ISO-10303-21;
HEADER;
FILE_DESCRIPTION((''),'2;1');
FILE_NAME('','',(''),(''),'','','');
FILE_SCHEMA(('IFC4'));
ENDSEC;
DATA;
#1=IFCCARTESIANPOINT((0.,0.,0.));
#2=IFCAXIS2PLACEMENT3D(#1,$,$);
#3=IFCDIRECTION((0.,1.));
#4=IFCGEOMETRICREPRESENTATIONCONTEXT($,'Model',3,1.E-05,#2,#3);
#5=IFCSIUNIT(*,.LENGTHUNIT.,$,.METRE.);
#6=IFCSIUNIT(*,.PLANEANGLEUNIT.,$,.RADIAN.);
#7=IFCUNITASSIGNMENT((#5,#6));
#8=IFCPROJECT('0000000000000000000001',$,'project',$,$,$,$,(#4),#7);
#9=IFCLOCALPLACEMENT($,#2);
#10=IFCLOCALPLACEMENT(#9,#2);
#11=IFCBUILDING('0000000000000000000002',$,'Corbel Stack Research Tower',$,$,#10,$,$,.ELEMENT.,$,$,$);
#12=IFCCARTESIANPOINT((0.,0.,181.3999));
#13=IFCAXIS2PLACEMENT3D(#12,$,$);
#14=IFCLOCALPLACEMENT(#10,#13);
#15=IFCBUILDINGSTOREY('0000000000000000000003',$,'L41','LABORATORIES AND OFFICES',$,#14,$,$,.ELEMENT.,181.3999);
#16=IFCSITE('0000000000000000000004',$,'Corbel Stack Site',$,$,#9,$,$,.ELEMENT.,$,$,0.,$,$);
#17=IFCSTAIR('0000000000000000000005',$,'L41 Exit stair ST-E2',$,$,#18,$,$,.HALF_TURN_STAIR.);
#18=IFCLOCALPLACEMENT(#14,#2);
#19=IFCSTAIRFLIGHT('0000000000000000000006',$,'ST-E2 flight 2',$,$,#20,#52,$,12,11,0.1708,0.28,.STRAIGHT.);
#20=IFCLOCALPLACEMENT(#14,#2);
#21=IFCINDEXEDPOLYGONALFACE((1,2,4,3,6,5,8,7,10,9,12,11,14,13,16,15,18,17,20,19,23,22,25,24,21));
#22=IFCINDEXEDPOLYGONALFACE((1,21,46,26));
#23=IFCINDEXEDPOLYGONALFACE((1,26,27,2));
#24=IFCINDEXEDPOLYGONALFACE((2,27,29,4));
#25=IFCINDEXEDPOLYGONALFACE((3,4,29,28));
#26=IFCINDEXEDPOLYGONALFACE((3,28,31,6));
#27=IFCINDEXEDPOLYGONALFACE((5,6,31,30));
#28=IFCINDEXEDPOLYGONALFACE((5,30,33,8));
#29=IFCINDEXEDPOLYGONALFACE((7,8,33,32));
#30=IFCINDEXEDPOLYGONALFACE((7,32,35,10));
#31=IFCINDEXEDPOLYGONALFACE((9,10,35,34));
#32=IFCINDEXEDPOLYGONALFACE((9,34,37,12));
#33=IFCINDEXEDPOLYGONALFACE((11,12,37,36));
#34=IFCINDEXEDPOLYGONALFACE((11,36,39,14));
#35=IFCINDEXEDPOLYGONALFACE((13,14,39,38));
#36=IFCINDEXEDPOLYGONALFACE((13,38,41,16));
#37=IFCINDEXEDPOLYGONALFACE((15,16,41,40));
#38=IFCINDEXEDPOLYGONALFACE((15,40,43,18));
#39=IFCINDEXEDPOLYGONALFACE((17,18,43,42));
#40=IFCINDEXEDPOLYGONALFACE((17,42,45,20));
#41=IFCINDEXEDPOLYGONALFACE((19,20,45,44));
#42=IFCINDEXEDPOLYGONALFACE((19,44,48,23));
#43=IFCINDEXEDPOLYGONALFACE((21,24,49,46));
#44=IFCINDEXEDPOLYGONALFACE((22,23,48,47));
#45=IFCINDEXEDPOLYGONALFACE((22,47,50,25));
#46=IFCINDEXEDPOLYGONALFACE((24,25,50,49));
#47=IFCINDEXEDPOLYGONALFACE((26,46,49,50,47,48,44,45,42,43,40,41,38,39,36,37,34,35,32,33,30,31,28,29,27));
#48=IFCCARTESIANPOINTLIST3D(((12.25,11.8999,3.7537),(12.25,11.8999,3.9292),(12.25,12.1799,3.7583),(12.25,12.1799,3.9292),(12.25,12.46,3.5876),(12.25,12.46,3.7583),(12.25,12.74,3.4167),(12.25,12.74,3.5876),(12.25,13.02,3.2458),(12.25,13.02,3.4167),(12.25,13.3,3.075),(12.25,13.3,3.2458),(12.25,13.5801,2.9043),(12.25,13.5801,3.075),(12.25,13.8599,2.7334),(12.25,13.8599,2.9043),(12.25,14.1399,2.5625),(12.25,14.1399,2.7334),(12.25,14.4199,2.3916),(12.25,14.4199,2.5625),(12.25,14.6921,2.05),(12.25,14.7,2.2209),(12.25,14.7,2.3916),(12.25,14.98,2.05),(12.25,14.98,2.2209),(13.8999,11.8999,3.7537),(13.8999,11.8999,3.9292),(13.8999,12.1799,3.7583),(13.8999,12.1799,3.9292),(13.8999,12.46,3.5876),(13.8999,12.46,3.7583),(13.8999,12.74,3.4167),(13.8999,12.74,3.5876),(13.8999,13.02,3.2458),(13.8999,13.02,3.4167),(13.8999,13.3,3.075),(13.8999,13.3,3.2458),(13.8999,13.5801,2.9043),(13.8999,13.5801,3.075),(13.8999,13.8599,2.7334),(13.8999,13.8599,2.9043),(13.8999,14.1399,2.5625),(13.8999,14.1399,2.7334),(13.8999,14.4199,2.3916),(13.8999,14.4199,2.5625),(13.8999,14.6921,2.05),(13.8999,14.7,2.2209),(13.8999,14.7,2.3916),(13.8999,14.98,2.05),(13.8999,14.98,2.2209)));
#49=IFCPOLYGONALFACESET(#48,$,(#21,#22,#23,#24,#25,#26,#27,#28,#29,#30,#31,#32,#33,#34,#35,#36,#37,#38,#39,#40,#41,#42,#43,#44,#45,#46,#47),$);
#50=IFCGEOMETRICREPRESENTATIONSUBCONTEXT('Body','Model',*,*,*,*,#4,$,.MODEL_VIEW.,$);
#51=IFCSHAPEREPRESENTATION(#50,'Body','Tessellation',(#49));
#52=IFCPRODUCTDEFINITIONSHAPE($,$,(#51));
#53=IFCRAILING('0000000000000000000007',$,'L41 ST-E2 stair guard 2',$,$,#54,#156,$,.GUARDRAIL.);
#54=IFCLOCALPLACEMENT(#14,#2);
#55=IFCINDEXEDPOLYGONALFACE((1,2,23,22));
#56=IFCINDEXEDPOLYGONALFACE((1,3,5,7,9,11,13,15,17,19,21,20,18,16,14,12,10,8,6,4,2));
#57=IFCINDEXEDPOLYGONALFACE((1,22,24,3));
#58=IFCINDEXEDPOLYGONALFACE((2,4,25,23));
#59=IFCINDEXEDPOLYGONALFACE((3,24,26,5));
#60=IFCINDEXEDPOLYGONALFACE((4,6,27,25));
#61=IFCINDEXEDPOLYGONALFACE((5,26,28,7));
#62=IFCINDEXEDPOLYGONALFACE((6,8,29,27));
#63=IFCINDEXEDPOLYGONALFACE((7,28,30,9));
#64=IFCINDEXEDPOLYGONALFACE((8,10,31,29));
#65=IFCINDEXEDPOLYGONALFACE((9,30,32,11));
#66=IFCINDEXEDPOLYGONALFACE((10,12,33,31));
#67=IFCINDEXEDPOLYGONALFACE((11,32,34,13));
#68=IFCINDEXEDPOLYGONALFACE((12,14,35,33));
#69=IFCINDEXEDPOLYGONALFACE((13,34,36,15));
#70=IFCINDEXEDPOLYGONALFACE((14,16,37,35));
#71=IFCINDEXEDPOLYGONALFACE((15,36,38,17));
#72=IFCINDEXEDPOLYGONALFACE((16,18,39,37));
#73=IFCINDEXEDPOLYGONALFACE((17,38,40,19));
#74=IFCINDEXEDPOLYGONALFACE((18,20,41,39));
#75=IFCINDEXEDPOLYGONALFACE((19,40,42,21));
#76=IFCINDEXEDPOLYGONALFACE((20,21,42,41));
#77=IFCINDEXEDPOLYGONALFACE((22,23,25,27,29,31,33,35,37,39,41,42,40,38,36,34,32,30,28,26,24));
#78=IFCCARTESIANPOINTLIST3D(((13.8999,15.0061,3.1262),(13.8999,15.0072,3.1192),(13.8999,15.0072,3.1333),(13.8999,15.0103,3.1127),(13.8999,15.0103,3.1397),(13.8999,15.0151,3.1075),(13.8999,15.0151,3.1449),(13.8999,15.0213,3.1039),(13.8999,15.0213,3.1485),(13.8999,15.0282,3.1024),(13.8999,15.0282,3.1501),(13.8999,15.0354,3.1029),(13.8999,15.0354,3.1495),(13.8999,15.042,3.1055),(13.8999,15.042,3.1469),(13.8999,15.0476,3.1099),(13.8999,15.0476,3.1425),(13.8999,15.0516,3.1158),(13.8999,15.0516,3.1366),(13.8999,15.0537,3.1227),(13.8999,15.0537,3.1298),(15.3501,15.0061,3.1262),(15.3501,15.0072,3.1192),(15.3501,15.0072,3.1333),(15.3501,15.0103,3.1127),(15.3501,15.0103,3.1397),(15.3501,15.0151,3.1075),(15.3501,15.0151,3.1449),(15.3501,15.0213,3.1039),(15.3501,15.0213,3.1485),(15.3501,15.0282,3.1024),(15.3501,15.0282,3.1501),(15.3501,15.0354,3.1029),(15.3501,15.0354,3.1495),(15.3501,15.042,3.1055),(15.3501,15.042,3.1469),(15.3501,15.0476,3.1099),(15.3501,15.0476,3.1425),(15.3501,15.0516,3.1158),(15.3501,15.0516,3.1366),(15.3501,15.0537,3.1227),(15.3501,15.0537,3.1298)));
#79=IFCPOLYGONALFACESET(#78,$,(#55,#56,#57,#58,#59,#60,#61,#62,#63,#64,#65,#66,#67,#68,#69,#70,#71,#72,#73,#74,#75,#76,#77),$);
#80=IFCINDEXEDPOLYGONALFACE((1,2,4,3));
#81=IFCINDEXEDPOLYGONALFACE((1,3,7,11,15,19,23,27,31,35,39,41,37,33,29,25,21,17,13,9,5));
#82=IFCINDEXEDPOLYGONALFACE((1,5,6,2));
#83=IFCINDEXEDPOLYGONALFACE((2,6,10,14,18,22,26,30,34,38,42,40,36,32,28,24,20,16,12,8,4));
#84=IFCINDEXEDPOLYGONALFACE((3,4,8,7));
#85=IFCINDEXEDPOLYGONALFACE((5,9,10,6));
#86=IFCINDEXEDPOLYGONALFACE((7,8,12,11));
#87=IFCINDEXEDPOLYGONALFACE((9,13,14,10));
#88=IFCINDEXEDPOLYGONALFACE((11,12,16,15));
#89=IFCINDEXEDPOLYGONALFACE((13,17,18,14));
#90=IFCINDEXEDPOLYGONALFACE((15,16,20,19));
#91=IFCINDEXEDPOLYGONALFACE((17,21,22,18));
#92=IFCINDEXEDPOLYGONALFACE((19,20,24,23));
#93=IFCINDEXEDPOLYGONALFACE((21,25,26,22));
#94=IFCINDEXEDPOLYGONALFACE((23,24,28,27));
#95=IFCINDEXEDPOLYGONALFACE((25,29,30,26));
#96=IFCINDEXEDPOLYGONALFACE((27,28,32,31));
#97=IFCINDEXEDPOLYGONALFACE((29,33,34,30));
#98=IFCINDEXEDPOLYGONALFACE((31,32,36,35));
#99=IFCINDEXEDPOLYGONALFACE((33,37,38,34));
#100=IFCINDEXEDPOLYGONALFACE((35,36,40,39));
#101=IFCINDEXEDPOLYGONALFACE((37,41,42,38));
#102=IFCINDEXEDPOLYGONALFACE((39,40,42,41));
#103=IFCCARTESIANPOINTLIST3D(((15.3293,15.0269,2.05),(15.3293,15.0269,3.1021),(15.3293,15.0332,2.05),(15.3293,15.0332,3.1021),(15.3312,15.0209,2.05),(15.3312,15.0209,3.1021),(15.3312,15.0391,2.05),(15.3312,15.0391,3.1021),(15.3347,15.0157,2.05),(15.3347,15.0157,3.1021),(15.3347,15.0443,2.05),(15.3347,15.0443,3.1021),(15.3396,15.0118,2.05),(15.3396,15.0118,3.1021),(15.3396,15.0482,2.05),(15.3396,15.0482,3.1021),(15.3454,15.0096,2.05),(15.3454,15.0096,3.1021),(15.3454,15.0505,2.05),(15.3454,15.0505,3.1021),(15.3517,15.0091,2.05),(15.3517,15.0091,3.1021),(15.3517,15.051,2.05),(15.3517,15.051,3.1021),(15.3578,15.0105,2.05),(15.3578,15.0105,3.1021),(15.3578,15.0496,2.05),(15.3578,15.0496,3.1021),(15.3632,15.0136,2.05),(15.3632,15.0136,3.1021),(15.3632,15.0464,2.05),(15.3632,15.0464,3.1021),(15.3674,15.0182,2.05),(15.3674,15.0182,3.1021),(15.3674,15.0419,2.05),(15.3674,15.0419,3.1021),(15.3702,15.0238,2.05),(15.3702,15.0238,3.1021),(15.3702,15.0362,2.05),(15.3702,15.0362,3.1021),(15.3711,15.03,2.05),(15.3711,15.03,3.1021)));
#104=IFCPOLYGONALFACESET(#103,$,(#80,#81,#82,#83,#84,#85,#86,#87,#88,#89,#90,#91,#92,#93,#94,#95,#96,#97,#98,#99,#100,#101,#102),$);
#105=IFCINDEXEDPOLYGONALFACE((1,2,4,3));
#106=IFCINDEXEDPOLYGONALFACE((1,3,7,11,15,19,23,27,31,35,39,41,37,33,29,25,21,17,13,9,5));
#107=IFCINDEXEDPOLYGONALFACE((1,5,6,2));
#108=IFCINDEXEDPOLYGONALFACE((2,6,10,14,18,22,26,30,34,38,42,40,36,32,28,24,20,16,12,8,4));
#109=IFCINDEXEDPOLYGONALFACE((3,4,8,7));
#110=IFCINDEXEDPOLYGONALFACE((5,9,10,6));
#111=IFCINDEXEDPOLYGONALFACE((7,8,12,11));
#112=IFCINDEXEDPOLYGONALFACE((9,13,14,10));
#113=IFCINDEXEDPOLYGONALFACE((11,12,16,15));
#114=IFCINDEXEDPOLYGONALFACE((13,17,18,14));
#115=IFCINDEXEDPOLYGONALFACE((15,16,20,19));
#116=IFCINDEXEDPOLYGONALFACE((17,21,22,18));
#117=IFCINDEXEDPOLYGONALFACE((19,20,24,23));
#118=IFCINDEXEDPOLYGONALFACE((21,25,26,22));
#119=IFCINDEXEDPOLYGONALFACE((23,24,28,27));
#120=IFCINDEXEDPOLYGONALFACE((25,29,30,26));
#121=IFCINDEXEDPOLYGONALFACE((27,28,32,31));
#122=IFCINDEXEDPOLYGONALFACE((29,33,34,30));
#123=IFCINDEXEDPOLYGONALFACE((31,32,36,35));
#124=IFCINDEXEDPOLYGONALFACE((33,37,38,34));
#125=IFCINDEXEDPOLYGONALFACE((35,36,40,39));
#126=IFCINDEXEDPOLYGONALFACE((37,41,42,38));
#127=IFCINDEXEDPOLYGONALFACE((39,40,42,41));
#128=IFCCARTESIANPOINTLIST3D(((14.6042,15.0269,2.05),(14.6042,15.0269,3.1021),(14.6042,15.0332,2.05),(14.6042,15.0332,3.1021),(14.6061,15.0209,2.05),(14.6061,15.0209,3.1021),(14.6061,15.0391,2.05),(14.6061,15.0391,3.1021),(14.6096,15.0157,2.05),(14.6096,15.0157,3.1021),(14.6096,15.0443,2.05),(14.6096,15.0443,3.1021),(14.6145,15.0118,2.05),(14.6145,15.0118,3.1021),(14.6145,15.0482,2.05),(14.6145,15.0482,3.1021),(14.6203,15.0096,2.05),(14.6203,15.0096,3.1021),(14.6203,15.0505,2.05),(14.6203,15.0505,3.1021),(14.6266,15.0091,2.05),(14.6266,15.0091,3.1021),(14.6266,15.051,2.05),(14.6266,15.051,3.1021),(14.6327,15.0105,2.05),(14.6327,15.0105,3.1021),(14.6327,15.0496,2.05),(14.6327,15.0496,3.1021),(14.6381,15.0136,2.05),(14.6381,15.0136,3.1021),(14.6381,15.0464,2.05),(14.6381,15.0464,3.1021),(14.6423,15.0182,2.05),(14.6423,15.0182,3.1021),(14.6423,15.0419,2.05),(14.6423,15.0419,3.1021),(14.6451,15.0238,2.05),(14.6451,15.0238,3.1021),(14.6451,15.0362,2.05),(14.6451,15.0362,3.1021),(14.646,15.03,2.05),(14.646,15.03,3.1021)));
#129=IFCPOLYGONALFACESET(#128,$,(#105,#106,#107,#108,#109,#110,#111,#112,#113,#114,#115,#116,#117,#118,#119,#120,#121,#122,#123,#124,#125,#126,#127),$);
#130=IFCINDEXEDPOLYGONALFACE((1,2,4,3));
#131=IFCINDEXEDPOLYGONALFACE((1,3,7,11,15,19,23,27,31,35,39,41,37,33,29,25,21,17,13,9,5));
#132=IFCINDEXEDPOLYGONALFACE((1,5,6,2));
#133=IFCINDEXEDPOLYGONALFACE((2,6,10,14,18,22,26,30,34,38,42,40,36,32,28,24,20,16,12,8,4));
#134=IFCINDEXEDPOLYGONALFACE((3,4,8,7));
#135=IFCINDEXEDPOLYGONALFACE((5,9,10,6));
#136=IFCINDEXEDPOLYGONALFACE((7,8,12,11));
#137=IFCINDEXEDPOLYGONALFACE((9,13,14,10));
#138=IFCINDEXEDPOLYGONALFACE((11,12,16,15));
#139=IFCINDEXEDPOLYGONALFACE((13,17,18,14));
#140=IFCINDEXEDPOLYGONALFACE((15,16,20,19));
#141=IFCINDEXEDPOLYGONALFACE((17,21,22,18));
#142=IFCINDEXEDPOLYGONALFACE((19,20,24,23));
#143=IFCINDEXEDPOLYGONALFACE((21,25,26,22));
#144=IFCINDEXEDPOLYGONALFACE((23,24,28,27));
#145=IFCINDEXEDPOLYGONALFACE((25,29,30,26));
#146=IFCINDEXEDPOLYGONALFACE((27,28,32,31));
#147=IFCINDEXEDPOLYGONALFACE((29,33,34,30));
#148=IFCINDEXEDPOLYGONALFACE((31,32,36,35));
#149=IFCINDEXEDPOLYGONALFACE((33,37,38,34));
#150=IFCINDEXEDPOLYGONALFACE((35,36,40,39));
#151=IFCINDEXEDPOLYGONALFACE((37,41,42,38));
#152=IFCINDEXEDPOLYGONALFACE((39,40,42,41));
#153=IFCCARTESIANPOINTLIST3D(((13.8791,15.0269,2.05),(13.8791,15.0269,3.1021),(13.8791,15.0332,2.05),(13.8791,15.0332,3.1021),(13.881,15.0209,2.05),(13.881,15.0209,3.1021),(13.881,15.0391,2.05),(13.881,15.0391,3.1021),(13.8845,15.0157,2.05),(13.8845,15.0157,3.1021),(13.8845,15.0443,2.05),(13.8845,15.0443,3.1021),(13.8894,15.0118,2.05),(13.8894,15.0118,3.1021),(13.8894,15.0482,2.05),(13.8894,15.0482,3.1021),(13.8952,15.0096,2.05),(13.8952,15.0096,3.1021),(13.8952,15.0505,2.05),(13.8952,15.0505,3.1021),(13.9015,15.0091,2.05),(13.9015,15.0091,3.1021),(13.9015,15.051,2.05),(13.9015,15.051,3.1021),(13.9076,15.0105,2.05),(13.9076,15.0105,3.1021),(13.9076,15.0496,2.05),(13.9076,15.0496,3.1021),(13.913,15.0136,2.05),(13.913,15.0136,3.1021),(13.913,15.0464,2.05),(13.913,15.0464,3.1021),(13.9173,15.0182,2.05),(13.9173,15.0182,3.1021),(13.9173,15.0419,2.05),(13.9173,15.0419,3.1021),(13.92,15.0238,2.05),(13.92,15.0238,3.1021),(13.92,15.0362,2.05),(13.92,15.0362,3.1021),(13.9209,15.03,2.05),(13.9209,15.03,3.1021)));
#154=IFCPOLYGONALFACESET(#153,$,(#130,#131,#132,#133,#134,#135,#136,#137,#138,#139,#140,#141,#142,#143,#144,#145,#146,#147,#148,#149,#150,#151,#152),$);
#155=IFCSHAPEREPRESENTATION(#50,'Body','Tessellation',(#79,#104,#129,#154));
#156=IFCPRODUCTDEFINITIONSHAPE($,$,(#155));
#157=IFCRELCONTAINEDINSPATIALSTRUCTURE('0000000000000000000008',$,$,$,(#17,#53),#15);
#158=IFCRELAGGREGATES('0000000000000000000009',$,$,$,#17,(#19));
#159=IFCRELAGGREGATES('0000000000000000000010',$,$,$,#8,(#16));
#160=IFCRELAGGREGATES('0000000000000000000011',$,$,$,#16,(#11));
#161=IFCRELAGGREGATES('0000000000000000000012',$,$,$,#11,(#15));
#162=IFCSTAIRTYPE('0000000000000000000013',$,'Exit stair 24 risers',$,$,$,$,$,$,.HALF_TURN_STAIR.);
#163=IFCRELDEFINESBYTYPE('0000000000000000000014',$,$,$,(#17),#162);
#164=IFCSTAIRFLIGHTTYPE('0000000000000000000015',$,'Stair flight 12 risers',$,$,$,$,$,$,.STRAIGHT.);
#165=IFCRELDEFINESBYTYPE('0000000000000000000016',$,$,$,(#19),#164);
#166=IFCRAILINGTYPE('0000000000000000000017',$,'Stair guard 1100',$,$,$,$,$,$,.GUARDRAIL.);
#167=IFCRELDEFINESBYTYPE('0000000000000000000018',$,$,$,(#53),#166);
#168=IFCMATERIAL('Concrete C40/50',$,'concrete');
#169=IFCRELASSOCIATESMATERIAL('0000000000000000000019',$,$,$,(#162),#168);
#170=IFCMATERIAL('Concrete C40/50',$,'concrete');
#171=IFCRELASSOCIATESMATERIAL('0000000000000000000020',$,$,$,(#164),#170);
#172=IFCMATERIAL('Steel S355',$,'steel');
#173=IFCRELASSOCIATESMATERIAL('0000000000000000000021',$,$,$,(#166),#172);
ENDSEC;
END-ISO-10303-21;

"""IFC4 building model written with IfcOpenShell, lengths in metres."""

from ifc_helpers import new_model, si_unit, direction, frame, origin, origin_2d, place, context, subcontext, project, spatial, polyline, circle, outline, extrude, material, type_object, element, aggregate, save


model = new_model("IFC4")

# Units and contexts
model_context = context("Model", 3, precision=1e-05, world=origin(), true_north=direction((0.0, 1.0)))
body_context = subcontext(model_context, "Body", "Model", "MODEL_VIEW")
ifc_project = project(units=[si_unit("LENGTHUNIT", "METRE"), si_unit("PLANEANGLEUNIT", "RADIAN")], contexts=[model_context])

# Site, building, storey
site_placement = place(None, origin())
site = spatial("IfcSite", under=ifc_project, at=site_placement, Name="Corbel Stack Site", CompositionType="ELEMENT", RefElevation=0.0)
building_placement = place(site_placement, origin())
building = spatial("IfcBuilding", under=site, at=building_placement, Name="Corbel Stack Research Tower", CompositionType="ELEMENT")
storey_placement = place(building_placement, frame((0.0, 0.0, 181.3999)))
storey = spatial("IfcBuildingStorey", under=building, at=storey_placement, Name="L41", Description="LABORATORIES AND OFFICES", CompositionType="ELEMENT", Elevation=181.3999)

# Stair, stair flight
ifc_material_1 = material(Name="Concrete C40/50", Category="concrete")
stair_type = type_object("IfcStairType", Name="Exit stair 24 risers", PredefinedType="HALF_TURN_STAIR", material=ifc_material_1)
stair_placement = place(storey_placement, origin())
stair = element("IfcStair", 1, at=stair_placement, inside=storey, type_object=stair_type, Name="L41 Exit stair ST-E2", PredefinedType="HALF_TURN_STAIR")
ifc_material_2 = material(Name="Concrete C40/50", Category="concrete")
stair_flight_type = type_object("IfcStairFlightType", Name="Stair flight 12 risers", PredefinedType="STRAIGHT", material=ifc_material_2)
stair_flight_placement = place(storey_placement, frame((13.075, 14.98, 2.05), z_axis=(0.0, 0.0, 1.0), x_axis=(0.0, -1.0, 0.0)))
stair_flight = element("IfcStairFlight", 2, at=stair_flight_placement, type_object=stair_flight_type, Name="ST-E2 flight 2", NumberOfRisers=12, NumberOfTreads=11, PredefinedType="STRAIGHT", RiserHeight=0.1708, TreadLength=0.28, context=body_context, shape_type="SweptSolid", body=[
    extrude(outline(polyline([(0.0, 0.0), (0.0, 0.1709), (0.28, 0.1709), (0.28, 0.3416), (0.5601, 0.3416), (0.5601, 0.5125), (0.8401, 0.5125), (0.8401, 0.6833), (1.1201, 0.6833), (1.1201, 0.8542), (1.3999, 0.8542), (1.3999, 1.0249), (1.6799, 1.0249), (1.6799, 1.1958), (1.96, 1.1958), (1.96, 1.3667), (2.24, 1.3667), (2.24, 1.5376), (2.52, 1.5376), (2.52, 1.7083), (2.8, 1.7083), (2.8, 1.8792), (3.0801, 1.8792), (3.0801, 2.05), (3.0801, 1.7036), (0.2878, 0.0), (0.0, 0.0)])), frame((0.0, 0.825, 0.0), z_axis=(0.0, -1.0, 0.0), x_axis=(1.0, 0.0, 0.0)), (0.0, 0.0, 1.0), 1.6499),
])
aggregate(stair, [stair_flight])

# Railing
ifc_material_3 = material(Name="Steel S355", Category="steel")
railing_type = type_object("IfcRailingType", Name="Stair guard 1100", PredefinedType="GUARDRAIL", material=ifc_material_3)
railing_1_placement = place(storey_placement, frame((15.3501, 15.03, 2.05)))
element("IfcRailing", 3, at=railing_1_placement, inside=storey, type_object=railing_type, Name="L41 ST-E2 stair guard 2", PredefinedType="GUARDRAIL", context=body_context, shape_type="SweptSolid", body=[
    extrude(circle(Radius=0.0239, at=origin_2d()), frame((0.0, 0.0, 1.0762), z_axis=(-1.0, 0.0, 0.0), x_axis=(0.0, -1.0, 0.0)), (0.0, 0.0, 1.0), 1.4502),
    extrude(circle(Radius=0.021, at=origin_2d()), origin(), (0.0, 0.0, 1.0), 1.052),
    extrude(circle(Radius=0.021, at=origin_2d()), frame((-0.7251, 0.0, 0.0)), (0.0, 0.0, 1.0), 1.052),
    extrude(circle(Radius=0.021, at=origin_2d()), frame((-1.4502, 0.0, 0.0)), (0.0, 0.0, 1.0), 1.052),
])

save(model, "model.ifc")
